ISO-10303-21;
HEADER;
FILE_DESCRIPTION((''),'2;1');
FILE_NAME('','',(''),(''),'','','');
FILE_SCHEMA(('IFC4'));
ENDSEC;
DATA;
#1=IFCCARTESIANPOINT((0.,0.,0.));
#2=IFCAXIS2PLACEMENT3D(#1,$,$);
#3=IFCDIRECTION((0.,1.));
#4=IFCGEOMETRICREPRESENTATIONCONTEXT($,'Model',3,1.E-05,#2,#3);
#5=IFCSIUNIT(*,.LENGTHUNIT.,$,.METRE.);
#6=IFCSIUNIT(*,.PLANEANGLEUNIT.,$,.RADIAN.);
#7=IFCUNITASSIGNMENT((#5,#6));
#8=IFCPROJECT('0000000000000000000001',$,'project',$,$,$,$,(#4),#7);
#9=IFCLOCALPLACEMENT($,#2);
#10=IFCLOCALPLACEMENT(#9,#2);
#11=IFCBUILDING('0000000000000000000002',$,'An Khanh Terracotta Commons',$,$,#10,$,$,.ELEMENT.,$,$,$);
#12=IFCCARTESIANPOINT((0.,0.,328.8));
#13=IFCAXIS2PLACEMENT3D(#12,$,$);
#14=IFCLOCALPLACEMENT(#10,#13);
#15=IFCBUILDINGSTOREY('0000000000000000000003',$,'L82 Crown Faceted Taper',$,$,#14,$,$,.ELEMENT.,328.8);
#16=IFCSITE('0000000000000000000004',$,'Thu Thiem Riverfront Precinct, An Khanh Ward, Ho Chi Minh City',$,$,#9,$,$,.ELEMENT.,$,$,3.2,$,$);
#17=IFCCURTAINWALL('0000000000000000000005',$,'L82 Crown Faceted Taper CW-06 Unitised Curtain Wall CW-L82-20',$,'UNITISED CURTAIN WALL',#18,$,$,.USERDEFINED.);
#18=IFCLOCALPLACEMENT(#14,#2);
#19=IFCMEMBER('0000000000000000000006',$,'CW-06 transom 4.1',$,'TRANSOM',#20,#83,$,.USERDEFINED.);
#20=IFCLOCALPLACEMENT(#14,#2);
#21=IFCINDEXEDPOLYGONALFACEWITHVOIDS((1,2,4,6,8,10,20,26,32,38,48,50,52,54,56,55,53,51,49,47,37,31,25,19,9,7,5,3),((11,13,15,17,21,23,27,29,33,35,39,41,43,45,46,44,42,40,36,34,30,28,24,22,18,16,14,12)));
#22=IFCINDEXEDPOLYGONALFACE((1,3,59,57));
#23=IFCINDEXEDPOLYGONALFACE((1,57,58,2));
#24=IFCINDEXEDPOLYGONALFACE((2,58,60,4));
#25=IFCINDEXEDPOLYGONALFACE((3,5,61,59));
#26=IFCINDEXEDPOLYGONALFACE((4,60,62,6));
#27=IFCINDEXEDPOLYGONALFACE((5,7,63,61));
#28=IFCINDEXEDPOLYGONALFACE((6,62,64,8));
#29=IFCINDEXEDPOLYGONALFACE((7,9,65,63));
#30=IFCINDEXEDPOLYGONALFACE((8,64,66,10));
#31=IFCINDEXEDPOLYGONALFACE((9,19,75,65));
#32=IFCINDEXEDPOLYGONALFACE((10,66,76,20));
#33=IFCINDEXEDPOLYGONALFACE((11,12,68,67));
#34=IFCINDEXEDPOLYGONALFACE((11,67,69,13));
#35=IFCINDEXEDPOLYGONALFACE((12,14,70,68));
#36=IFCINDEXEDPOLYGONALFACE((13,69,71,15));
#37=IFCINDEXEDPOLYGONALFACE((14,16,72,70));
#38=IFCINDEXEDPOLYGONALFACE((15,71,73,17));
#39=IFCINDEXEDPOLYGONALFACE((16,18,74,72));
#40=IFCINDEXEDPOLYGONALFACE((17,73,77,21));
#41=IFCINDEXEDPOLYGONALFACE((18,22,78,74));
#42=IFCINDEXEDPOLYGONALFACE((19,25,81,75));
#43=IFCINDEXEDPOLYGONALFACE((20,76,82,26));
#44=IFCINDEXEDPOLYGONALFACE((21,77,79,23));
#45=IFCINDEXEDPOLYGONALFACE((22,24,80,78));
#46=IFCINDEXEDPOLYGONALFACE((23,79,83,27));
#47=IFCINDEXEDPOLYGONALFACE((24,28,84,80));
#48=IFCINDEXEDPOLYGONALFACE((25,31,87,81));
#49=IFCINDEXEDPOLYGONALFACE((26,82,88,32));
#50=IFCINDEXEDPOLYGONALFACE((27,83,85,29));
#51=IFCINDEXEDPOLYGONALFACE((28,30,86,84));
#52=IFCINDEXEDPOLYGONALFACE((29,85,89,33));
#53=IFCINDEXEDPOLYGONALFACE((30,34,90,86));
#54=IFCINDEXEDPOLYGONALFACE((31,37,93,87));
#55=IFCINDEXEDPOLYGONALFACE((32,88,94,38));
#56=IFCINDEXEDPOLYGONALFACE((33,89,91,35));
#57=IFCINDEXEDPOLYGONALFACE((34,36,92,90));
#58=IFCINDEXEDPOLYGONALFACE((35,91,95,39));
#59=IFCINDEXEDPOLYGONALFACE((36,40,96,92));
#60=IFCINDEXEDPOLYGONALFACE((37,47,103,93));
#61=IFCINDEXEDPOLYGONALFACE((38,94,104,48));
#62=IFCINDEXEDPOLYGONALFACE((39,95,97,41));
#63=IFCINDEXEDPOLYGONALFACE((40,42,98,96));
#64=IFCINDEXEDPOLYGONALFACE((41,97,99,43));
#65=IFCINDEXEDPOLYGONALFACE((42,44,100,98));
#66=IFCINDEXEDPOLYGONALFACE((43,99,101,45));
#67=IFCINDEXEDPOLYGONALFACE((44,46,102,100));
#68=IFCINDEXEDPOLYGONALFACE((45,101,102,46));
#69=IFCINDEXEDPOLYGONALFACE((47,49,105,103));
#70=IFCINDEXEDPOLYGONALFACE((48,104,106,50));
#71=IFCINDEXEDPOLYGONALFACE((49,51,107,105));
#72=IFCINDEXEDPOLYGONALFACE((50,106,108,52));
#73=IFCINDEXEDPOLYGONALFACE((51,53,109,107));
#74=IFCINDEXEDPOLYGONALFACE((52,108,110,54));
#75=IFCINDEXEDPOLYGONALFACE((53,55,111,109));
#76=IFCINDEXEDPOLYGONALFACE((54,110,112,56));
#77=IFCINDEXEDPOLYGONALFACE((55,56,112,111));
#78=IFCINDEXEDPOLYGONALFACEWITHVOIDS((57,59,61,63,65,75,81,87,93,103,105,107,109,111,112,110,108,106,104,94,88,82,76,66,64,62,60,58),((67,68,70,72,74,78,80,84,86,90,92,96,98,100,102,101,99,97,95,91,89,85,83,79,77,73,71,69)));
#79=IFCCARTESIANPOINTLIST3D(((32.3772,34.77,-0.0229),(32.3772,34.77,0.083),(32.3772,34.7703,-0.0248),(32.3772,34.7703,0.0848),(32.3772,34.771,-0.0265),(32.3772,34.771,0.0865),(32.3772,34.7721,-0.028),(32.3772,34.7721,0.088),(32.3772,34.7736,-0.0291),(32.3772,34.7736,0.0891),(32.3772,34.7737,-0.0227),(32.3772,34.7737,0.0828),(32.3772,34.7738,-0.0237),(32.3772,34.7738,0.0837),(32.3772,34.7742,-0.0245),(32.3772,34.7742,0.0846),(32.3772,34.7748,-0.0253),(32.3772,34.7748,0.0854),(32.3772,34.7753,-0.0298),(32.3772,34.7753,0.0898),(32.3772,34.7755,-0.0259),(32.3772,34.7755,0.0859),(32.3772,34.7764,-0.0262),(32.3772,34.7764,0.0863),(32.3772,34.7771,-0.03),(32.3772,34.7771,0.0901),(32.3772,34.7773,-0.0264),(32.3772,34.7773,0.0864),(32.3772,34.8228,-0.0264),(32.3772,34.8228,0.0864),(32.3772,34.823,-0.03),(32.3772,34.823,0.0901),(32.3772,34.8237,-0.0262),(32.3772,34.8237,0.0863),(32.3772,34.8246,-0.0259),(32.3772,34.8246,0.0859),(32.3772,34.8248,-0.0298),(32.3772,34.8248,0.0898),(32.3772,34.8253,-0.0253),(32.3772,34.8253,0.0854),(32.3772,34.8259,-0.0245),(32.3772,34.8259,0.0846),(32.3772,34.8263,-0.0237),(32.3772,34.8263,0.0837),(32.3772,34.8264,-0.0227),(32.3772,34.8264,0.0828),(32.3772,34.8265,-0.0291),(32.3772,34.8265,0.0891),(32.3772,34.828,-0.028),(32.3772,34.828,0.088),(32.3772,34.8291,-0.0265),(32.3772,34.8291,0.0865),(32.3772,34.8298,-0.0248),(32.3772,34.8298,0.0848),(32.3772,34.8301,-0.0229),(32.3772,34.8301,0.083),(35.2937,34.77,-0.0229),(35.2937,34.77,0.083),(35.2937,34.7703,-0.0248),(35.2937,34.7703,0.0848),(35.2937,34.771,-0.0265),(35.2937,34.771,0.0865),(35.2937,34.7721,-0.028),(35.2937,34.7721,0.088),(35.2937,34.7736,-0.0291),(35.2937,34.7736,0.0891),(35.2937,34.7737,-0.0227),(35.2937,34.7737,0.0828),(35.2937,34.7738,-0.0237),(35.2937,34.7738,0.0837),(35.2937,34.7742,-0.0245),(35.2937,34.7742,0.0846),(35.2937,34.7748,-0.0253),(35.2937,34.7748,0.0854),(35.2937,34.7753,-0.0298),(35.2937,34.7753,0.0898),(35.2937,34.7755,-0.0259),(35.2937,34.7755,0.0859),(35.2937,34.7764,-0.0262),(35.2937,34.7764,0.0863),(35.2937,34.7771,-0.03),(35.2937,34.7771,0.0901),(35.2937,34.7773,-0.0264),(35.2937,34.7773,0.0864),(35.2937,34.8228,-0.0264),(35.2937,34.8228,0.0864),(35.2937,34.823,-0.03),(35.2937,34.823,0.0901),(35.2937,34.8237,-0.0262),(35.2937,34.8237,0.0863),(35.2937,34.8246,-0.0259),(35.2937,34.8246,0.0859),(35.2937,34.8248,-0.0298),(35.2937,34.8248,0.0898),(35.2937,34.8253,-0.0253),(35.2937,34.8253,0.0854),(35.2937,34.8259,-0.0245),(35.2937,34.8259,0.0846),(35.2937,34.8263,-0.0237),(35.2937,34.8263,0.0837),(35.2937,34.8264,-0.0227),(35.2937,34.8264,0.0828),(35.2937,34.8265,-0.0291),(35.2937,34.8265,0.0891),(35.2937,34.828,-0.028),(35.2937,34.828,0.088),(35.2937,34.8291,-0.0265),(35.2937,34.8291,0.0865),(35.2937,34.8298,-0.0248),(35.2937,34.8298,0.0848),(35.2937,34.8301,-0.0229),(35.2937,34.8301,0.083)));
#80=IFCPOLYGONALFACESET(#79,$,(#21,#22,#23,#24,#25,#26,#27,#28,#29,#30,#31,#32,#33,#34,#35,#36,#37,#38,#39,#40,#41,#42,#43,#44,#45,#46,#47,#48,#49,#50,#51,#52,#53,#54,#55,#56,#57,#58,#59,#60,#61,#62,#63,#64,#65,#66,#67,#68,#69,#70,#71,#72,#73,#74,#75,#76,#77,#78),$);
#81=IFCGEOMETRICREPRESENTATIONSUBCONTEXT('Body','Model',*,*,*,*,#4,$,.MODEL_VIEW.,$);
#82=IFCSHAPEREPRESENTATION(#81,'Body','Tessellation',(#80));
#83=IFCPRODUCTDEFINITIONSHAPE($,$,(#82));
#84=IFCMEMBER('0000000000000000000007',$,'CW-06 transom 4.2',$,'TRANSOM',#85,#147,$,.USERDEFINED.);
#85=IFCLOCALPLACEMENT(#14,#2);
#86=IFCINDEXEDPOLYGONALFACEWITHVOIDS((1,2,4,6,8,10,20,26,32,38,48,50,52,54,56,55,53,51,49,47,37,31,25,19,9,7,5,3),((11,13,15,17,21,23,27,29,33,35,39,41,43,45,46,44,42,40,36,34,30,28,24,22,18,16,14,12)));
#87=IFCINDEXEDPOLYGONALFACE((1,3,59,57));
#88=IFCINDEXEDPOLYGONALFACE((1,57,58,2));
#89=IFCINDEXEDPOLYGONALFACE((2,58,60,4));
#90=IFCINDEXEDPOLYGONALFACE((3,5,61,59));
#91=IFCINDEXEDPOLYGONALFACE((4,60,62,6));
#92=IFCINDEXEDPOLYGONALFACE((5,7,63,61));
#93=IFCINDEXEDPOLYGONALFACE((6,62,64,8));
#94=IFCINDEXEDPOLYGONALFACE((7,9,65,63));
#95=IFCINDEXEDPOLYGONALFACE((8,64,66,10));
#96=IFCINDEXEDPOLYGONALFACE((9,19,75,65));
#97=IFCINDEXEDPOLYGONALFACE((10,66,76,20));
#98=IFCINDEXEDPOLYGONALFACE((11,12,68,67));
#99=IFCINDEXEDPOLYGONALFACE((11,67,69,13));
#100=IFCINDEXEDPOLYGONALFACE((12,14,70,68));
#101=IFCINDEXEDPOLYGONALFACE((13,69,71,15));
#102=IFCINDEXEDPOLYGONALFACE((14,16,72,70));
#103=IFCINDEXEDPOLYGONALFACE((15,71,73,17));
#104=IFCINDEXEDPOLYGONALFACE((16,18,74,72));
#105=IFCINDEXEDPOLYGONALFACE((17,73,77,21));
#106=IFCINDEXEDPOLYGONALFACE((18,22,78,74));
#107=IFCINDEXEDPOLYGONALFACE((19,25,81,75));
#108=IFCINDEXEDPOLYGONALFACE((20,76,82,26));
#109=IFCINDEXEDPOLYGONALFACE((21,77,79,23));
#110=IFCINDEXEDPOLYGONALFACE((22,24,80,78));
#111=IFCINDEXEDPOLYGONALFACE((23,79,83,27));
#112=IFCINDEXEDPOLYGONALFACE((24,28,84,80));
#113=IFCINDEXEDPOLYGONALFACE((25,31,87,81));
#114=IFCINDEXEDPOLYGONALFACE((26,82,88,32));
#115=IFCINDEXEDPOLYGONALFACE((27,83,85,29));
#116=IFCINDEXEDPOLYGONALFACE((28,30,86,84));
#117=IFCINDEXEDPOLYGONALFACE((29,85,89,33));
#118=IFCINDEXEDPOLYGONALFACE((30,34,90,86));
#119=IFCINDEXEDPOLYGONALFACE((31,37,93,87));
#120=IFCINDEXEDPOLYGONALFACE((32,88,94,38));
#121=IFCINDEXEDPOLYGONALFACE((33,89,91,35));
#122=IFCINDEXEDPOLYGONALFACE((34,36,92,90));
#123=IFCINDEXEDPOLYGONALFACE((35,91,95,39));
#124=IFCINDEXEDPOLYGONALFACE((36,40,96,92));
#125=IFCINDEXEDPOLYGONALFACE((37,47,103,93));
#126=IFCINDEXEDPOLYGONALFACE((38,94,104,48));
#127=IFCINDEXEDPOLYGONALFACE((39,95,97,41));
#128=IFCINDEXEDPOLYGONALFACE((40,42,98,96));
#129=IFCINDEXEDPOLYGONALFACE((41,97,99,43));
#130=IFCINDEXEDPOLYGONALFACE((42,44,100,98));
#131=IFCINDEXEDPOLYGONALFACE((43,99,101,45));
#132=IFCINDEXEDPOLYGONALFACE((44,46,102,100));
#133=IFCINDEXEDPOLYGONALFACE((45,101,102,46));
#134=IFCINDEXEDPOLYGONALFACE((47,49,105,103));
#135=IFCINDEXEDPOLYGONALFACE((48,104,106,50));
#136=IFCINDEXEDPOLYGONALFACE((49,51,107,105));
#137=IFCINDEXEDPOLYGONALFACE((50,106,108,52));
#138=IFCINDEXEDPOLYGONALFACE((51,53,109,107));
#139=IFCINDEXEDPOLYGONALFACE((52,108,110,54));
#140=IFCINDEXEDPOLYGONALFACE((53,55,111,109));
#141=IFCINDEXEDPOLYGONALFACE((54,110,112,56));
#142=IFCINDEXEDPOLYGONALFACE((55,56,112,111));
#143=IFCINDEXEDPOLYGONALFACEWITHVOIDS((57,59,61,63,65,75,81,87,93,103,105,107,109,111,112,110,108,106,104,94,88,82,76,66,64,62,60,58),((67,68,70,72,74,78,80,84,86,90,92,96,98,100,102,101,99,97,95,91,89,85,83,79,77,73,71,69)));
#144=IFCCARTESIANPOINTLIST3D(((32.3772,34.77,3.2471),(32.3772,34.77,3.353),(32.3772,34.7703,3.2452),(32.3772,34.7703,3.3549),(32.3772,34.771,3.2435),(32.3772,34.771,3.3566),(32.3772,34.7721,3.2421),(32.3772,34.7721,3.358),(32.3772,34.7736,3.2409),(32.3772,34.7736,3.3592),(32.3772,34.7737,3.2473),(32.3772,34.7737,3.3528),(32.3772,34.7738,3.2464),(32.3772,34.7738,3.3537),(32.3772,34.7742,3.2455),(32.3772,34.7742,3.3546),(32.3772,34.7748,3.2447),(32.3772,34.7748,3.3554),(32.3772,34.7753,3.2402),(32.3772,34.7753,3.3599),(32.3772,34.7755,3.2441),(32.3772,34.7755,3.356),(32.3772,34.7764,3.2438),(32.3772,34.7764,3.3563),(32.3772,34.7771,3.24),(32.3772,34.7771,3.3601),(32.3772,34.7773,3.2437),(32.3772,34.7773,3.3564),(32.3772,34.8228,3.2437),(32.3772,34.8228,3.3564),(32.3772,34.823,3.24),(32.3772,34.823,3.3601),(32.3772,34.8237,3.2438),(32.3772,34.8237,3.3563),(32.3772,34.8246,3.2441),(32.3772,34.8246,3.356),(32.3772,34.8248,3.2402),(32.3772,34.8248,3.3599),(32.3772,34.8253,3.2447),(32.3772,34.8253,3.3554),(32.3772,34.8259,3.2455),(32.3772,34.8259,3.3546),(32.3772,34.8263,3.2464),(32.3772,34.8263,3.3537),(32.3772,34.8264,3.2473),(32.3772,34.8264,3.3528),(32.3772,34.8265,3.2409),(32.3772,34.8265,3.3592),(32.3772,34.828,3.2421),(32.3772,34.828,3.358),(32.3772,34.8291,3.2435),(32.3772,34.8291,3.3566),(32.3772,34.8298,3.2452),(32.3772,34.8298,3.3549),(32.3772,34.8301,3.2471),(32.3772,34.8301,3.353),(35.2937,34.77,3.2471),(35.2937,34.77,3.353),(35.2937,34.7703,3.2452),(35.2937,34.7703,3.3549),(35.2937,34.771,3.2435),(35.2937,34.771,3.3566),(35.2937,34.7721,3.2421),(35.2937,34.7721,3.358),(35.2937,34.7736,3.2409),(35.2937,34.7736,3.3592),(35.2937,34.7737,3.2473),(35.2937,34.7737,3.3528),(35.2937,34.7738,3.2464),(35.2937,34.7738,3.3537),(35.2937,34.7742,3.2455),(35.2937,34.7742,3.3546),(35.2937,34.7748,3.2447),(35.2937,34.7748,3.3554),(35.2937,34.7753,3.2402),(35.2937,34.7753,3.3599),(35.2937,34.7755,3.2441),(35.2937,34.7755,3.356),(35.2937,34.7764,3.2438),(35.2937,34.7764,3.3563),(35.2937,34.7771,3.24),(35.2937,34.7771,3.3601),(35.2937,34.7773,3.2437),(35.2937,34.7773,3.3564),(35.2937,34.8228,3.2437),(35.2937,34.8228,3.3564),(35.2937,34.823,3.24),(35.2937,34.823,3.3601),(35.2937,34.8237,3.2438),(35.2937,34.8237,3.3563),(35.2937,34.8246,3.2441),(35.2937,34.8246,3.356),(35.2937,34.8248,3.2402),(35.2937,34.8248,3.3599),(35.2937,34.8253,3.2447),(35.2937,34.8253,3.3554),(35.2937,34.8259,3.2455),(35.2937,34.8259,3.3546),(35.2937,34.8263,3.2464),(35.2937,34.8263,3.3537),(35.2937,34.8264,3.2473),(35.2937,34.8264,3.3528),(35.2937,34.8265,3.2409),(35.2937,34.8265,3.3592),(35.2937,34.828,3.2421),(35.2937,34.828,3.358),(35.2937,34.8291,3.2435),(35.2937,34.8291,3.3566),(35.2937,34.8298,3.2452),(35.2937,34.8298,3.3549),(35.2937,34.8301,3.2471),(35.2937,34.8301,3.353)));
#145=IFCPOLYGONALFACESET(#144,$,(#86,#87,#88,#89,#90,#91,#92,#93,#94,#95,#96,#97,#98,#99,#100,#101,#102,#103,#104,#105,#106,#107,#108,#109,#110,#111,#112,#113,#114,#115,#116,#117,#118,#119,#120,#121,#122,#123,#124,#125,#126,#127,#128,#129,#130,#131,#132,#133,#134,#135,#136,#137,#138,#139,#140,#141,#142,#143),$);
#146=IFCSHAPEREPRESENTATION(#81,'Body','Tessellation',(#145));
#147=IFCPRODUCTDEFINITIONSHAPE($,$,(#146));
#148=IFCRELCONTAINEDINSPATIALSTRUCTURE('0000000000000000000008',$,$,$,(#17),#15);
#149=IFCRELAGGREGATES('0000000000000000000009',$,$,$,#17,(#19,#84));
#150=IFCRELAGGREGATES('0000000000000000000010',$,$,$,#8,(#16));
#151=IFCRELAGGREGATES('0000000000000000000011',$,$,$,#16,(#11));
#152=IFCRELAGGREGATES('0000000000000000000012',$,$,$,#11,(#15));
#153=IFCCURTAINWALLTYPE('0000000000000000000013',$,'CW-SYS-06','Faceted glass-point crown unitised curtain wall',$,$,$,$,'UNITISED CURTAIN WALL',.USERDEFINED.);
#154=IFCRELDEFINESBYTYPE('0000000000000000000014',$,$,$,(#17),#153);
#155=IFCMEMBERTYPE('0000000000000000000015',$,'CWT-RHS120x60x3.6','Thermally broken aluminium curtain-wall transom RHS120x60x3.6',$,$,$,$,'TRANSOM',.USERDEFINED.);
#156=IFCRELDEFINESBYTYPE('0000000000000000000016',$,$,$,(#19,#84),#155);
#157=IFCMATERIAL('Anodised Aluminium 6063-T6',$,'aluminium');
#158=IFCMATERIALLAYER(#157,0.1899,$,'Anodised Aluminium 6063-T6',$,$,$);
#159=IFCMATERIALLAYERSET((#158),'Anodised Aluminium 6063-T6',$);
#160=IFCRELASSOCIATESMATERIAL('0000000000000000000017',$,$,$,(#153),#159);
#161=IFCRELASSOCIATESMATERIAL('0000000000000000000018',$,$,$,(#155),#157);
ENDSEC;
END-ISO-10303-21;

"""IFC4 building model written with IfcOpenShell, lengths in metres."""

from ifc_helpers import new_model, si_unit, direction, frame, origin, origin_2d, place, context, subcontext, project, spatial, hollow_rectangle, extrude, material, layer, layer_set, material_profile, profile_set, type_object, element, aggregate, save


model = new_model("IFC4")

# Units and contexts
model_context = context("Model", 3, precision=1e-05, world=origin(), true_north=direction((0.0, 1.0)))
body_context = subcontext(model_context, "Body", "Model", "MODEL_VIEW")
ifc_project = project(units=[si_unit("LENGTHUNIT", "METRE"), si_unit("PLANEANGLEUNIT", "RADIAN")], contexts=[model_context])

# Site, building, storey
site_placement = place(None, origin())
site = spatial("IfcSite", under=ifc_project, at=site_placement, Name="Thu Thiem Riverfront Precinct, An Khanh Ward, Ho Chi Minh City", CompositionType="ELEMENT", RefElevation=3.2)
building_placement = place(site_placement, origin())
building = spatial("IfcBuilding", under=site, at=building_placement, Name="An Khanh Terracotta Commons", CompositionType="ELEMENT")
storey_placement = place(building_placement, frame((0.0, 0.0, 328.8)))
storey = spatial("IfcBuildingStorey", under=building, at=storey_placement, Name="L82 Crown Faceted Taper", CompositionType="ELEMENT", Elevation=328.8)

# Curtain wall, members
ifc_material_1 = material(Name="Anodised Aluminium 6063-T6", Category="aluminium")
ifc_layer_1 = layer(ifc_material_1, 0.1899, Name="Anodised Aluminium 6063-T6")
ifc_layer_set_1 = layer_set([ifc_layer_1], Name="Anodised Aluminium 6063-T6")
curtain_wall_type = type_object("IfcCurtainWallType", Name="CW-SYS-06", Description="Faceted glass-point crown unitised curtain wall", ElementType="UNITISED CURTAIN WALL", PredefinedType="USERDEFINED", material=ifc_layer_set_1)
curtain_wall_placement = place(storey_placement, origin())
curtain_wall = element("IfcCurtainWall", 1, at=curtain_wall_placement, inside=storey, type_object=curtain_wall_type, Name="L82 Crown Faceted Taper CW-06 Unitised Curtain Wall CW-L82-20", ObjectType="UNITISED CURTAIN WALL", PredefinedType="USERDEFINED")
ifc_material_profile_1 = material_profile(ifc_material_1, hollow_rectangle(XDim=0.0601, YDim=0.1201, WallThickness=0.0037, InnerFilletRadius=0.0037, OuterFilletRadius=0.0071, at=origin_2d()), Name="RHS120x60x3.6")
ifc_profile_set_1 = profile_set([ifc_material_profile_1], Name="Anodised Aluminium 6063-T6")
member_type_1 = type_object("IfcMemberType", Name="CWT-RHS120x60x3.6", Description="Thermally broken aluminium curtain-wall transom RHS120x60x3.6", ElementType="TRANSOM", PredefinedType="USERDEFINED", material=ifc_profile_set_1)
member_1_placement = place(storey_placement, frame((35.2937, 34.8, 0.03), z_axis=(-1.0, 0.0, 0.0), x_axis=(0.0, -1.0, 0.0)))
member_1 = element("IfcMember", 2, at=member_1_placement, type_object=member_type_1, Name="CW-06 transom 4.1", ObjectType="TRANSOM", PredefinedType="USERDEFINED", context=body_context, shape_type="SweptSolid", body=[
    extrude(hollow_rectangle(XDim=0.0601, YDim=0.1201, WallThickness=0.0037, InnerFilletRadius=0.0037, OuterFilletRadius=0.0071, at=origin_2d()), origin(), (0.0, 0.0, 1.0), 2.9165),
])
member_2_placement = place(storey_placement, frame((35.2937, 34.8, 3.3), z_axis=(-1.0, 0.0, 0.0), x_axis=(0.0, -1.0, 0.0)))
member_2 = element("IfcMember", 3, at=member_2_placement, type_object=member_type_1, Name="CW-06 transom 4.2", ObjectType="TRANSOM", PredefinedType="USERDEFINED", context=body_context, shape_type="SweptSolid", body=[
    extrude(hollow_rectangle(XDim=0.0601, YDim=0.1201, WallThickness=0.0037, InnerFilletRadius=0.0037, OuterFilletRadius=0.0071, at=origin_2d()), origin(), (0.0, 0.0, 1.0), 2.9165),
])
aggregate(curtain_wall, [member_1, member_2])

save(model, "model.ifc")
